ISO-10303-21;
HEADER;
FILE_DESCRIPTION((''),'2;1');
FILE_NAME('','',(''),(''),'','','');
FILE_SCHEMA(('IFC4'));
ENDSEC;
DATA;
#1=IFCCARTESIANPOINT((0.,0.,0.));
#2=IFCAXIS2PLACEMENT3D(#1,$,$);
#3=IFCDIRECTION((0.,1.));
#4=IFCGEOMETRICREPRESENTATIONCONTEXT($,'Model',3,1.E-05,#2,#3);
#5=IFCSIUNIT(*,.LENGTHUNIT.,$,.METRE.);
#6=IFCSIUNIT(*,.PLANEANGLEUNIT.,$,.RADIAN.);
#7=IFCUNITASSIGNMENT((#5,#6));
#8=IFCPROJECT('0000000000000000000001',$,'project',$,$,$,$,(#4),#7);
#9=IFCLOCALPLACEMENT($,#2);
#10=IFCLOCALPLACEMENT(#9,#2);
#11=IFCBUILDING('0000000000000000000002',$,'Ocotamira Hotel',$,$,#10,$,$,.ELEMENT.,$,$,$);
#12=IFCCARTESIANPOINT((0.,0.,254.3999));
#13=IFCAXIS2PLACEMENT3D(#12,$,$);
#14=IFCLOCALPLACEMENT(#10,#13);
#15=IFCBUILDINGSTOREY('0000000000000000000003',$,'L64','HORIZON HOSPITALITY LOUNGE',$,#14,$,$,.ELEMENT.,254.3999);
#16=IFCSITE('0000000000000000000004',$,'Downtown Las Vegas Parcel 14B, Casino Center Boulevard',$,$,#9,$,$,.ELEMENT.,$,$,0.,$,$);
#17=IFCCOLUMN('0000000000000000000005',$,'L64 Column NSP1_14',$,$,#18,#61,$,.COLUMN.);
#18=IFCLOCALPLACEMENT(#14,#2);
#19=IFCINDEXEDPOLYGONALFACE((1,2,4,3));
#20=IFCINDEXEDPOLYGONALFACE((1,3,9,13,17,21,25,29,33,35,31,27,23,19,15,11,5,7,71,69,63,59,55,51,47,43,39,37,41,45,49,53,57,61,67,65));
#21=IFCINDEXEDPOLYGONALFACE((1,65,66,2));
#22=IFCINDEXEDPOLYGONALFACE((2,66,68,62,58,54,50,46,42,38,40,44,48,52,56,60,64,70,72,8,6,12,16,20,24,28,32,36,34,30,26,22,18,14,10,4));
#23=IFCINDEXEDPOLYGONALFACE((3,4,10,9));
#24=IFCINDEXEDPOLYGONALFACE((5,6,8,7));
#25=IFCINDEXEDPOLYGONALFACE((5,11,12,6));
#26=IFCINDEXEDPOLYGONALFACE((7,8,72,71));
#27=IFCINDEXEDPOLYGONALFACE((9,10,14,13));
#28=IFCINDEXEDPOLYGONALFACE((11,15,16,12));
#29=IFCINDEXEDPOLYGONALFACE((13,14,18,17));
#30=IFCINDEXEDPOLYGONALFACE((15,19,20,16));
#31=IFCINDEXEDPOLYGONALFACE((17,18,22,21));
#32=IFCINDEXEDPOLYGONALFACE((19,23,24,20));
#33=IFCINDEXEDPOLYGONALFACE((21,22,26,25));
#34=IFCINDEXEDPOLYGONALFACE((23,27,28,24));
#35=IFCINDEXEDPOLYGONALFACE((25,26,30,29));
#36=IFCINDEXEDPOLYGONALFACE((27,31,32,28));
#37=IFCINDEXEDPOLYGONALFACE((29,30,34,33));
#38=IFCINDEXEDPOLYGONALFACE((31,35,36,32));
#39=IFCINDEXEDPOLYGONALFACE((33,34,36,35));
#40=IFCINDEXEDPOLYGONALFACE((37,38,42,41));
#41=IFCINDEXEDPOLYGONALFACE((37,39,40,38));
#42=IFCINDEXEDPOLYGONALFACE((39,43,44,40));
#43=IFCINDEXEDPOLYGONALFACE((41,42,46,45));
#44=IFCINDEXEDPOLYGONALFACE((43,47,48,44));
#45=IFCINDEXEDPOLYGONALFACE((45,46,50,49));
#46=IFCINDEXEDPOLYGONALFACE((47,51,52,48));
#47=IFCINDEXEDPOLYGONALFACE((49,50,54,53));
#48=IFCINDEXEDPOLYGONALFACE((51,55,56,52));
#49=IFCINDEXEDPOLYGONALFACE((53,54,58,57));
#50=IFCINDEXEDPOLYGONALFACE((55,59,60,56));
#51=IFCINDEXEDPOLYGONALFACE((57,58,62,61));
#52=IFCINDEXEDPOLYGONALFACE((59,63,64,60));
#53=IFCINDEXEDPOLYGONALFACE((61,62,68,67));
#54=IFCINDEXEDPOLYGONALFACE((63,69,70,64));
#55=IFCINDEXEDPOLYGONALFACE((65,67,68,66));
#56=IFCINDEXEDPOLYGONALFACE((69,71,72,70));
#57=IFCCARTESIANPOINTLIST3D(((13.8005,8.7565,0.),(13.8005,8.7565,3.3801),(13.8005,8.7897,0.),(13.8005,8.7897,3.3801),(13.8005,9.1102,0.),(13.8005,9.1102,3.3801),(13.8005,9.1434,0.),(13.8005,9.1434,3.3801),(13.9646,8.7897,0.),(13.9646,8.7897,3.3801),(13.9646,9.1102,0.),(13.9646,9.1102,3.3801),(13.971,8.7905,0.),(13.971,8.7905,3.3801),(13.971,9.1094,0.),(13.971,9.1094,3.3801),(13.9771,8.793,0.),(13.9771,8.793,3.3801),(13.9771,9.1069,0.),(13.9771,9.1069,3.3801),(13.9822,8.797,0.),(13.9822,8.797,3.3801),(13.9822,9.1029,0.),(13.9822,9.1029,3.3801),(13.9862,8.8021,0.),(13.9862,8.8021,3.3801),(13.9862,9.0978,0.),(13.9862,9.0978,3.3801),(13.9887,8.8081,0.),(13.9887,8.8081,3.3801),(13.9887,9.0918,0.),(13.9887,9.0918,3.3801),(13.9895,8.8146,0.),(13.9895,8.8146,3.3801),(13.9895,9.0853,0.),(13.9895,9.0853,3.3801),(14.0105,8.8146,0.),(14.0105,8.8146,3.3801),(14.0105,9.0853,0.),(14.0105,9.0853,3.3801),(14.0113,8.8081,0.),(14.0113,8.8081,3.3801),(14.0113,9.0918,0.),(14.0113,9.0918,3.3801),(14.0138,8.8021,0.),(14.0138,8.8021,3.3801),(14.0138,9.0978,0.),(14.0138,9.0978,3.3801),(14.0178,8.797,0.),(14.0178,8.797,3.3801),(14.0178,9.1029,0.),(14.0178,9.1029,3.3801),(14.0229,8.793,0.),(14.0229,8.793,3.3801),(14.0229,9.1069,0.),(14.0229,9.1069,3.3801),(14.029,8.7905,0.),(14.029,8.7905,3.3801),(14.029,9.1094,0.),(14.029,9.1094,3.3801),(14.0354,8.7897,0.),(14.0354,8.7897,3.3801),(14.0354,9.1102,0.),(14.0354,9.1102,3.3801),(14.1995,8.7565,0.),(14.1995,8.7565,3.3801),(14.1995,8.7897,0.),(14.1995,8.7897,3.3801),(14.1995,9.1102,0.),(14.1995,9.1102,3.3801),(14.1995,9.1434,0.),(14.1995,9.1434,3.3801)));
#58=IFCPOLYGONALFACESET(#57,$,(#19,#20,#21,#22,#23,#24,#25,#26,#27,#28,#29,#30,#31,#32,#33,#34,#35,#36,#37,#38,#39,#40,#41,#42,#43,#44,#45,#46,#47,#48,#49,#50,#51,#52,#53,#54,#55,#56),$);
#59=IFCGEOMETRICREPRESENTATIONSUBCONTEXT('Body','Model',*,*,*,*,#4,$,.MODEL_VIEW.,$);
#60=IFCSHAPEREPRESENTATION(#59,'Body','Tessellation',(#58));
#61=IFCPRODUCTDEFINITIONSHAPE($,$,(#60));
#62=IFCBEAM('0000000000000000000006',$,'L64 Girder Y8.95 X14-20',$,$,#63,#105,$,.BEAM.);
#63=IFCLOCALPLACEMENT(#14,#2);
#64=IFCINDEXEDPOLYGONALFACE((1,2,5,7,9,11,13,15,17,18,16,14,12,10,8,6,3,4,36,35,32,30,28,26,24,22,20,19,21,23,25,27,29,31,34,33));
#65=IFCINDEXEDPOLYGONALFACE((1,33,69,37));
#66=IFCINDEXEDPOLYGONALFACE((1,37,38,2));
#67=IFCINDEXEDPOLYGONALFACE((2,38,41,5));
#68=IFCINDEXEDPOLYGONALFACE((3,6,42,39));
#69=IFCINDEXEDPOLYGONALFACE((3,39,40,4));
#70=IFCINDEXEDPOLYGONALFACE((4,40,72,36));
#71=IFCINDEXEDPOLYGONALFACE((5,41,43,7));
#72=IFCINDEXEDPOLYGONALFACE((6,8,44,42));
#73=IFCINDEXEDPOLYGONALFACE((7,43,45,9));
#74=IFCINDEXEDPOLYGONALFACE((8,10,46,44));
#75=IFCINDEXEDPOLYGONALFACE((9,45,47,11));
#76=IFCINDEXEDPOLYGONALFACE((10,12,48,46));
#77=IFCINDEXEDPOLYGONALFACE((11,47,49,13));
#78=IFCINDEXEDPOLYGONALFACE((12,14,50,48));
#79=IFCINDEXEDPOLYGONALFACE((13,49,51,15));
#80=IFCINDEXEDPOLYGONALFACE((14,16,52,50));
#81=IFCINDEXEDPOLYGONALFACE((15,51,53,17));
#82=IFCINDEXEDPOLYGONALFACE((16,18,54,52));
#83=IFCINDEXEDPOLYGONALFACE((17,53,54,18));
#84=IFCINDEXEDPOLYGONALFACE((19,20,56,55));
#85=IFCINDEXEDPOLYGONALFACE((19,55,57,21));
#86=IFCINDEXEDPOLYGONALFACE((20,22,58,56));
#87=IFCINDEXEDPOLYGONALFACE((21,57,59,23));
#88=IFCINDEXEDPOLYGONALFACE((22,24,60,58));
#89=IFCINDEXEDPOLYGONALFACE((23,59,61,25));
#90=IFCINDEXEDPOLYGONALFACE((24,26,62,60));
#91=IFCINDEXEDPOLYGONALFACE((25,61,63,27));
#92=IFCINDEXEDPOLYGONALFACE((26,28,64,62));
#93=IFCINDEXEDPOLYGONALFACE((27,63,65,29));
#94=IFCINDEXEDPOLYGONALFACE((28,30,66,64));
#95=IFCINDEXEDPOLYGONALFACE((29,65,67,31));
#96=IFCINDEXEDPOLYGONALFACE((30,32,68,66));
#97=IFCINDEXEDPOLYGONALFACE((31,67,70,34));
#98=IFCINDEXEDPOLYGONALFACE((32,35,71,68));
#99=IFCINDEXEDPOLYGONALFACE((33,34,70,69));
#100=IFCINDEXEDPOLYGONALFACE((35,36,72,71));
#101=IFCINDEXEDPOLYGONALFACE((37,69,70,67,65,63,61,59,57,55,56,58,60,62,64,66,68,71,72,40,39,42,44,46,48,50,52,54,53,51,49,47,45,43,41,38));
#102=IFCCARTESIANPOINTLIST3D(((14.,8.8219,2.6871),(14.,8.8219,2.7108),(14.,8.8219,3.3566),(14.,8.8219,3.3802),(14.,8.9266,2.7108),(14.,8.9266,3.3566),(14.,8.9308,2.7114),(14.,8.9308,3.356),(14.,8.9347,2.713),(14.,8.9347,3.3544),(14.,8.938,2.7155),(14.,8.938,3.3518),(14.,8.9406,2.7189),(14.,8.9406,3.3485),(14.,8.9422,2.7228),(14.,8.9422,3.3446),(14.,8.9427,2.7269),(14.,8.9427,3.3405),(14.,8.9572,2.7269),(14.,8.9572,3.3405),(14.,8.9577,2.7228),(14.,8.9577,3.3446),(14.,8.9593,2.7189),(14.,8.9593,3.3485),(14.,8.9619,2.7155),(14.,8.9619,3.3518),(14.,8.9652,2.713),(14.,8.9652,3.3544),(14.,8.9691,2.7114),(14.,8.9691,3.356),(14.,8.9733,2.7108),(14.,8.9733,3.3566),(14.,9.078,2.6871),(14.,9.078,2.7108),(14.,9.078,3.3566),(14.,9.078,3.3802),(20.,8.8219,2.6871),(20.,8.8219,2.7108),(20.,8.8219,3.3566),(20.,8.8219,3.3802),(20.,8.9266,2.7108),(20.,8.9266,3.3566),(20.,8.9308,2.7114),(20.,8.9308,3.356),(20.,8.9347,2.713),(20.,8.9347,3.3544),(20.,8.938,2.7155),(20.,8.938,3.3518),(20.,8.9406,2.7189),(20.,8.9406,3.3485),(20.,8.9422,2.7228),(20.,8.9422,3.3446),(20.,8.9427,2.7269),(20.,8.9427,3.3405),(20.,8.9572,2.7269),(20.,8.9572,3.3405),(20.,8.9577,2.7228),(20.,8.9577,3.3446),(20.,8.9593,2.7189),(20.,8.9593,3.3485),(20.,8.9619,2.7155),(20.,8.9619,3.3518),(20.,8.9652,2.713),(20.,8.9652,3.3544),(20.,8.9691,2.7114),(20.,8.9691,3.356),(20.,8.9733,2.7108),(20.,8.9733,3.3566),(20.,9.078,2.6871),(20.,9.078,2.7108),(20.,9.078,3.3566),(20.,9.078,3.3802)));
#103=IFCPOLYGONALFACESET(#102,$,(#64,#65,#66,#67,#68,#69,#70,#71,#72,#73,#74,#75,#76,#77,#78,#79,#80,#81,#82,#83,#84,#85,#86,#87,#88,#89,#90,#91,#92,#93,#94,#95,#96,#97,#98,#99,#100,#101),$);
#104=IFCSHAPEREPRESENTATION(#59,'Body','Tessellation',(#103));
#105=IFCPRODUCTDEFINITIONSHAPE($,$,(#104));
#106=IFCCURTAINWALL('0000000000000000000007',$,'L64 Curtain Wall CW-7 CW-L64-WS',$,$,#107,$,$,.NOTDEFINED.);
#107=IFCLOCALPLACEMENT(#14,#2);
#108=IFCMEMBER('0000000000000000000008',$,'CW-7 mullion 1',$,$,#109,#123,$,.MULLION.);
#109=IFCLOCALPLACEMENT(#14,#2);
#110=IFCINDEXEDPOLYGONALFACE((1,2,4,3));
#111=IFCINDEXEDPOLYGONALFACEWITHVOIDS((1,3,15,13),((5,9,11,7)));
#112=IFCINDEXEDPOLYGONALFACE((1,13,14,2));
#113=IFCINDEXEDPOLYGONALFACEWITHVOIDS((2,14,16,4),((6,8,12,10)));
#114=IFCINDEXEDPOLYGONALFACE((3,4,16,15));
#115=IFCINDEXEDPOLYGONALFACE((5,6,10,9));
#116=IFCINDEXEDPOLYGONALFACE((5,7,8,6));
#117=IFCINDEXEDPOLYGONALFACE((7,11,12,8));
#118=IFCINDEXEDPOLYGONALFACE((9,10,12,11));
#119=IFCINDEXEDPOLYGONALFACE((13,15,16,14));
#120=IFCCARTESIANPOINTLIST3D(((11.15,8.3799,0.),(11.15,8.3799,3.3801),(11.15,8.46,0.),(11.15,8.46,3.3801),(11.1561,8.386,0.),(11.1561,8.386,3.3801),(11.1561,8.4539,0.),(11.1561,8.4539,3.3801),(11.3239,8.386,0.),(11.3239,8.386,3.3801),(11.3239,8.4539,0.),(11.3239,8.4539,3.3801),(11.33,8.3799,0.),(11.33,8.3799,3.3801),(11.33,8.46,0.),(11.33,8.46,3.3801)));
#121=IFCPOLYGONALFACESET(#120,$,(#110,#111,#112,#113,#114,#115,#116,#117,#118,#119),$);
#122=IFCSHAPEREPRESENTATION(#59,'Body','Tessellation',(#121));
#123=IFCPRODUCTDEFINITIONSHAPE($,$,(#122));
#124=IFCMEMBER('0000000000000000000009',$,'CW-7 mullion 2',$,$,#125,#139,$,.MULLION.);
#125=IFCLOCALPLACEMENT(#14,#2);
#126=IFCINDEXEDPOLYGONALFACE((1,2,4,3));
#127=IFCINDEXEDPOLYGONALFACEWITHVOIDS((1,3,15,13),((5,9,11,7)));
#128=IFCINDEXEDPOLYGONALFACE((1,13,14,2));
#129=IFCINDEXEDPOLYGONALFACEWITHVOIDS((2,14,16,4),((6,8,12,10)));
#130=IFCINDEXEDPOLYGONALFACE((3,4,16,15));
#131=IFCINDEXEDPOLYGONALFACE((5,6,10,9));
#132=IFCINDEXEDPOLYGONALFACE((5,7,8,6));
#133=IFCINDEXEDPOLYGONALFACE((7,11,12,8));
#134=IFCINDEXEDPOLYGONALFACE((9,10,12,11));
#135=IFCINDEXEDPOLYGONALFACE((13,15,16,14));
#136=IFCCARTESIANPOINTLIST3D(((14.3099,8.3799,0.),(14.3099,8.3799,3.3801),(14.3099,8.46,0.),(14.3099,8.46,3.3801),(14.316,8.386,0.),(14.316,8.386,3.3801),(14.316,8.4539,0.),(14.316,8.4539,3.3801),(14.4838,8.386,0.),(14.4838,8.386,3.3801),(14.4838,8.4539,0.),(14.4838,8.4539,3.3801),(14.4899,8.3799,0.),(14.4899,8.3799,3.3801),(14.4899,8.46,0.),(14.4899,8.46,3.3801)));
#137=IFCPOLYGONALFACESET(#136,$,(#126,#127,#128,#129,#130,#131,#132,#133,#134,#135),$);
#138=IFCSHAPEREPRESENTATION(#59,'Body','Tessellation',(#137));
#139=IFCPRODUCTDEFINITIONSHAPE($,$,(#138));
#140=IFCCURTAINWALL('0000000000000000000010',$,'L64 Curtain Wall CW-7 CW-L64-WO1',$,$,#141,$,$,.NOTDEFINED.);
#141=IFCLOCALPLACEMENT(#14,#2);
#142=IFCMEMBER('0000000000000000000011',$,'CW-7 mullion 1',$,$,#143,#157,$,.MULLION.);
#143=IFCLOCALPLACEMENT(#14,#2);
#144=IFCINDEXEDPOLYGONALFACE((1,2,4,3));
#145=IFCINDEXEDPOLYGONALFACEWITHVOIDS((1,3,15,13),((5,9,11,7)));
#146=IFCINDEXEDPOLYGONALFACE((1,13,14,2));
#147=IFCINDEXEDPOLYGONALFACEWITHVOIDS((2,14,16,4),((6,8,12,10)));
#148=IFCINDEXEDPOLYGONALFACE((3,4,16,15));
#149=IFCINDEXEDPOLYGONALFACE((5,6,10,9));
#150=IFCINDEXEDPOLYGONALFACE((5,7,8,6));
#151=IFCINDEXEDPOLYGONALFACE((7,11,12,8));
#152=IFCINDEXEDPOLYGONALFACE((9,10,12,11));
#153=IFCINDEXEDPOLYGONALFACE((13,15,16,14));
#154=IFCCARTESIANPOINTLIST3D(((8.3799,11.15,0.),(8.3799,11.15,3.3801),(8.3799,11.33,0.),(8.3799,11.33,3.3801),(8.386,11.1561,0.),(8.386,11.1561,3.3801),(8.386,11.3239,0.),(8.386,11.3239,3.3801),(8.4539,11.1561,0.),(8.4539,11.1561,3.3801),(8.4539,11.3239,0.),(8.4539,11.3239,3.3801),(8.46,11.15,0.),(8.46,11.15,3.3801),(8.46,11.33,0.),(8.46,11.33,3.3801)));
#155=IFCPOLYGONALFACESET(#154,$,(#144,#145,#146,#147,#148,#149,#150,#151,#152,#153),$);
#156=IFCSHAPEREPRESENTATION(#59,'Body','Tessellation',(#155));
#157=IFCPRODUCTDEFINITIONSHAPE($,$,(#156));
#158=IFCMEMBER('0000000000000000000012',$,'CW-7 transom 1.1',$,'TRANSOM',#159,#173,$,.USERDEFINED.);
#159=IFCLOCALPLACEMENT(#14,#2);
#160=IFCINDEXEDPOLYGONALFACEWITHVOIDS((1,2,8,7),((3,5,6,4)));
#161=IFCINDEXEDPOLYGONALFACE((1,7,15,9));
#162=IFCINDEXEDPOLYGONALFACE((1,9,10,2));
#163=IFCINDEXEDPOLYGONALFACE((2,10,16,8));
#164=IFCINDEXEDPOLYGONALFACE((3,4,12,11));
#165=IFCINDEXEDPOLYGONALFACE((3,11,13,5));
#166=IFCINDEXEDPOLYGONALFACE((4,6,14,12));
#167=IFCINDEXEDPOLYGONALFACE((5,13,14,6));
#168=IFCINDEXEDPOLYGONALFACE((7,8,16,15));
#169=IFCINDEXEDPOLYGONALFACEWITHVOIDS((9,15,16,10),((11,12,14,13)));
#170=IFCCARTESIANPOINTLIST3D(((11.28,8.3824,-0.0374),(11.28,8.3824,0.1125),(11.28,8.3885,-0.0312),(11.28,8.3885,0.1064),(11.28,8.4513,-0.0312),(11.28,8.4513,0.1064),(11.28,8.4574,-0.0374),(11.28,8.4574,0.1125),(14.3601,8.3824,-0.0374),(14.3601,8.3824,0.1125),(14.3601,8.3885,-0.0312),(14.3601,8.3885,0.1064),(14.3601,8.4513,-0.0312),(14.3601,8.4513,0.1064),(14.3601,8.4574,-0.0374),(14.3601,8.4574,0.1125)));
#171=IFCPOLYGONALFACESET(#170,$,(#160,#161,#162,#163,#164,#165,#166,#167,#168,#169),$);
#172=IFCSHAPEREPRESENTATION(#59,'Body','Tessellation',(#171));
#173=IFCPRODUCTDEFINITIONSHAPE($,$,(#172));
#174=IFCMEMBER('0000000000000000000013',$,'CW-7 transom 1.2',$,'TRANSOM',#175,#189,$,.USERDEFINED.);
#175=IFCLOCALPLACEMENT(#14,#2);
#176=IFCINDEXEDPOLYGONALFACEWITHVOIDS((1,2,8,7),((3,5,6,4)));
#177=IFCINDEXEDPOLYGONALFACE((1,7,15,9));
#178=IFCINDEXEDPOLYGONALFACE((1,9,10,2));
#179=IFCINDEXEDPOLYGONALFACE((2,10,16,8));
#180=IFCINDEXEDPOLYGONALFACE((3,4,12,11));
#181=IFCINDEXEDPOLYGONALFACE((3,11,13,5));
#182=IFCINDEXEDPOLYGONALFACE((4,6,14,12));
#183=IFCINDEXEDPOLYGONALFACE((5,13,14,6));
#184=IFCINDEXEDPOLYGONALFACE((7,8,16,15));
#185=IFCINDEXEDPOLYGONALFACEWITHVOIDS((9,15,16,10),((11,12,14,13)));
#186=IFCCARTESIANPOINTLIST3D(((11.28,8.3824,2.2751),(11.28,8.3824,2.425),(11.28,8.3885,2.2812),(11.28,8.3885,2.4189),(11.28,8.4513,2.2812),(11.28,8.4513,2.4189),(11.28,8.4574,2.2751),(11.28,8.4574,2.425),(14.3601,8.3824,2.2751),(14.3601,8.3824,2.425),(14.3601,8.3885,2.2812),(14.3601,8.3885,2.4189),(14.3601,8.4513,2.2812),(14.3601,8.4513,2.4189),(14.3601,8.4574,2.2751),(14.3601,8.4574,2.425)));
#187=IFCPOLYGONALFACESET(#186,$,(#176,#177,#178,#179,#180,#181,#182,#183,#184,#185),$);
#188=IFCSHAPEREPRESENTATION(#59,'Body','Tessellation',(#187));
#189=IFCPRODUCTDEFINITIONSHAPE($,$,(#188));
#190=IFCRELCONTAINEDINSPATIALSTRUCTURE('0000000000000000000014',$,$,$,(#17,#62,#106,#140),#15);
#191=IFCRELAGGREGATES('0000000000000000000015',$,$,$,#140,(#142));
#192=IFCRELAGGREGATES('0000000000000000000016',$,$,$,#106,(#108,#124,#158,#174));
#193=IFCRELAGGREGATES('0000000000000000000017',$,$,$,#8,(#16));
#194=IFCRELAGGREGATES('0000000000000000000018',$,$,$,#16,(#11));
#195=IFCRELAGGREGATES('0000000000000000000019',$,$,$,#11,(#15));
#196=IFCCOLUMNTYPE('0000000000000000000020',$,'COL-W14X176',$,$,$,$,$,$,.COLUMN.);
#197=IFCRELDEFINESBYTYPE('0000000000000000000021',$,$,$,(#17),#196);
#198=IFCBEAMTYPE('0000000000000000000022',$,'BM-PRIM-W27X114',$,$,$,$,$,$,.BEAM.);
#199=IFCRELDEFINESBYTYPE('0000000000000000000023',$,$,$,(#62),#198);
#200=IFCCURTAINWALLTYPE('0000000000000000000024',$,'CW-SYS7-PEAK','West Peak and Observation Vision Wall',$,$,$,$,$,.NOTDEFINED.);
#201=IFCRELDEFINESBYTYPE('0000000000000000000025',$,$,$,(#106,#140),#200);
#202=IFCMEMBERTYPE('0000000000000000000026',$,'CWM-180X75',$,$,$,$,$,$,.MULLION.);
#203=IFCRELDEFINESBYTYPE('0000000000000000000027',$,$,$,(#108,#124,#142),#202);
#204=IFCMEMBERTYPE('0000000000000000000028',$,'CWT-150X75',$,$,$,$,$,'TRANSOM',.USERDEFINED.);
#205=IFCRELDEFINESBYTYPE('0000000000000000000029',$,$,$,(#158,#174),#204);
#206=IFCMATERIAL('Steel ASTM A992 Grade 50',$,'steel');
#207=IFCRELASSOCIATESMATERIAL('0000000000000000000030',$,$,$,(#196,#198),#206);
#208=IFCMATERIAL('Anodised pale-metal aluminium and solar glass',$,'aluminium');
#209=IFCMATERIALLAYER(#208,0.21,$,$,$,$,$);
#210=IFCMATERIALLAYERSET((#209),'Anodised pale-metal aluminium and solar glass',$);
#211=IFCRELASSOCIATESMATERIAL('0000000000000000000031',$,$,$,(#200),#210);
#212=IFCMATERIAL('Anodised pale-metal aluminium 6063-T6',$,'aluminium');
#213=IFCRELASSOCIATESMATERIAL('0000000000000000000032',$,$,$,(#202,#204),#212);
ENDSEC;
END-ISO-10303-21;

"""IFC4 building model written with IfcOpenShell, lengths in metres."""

from ifc_helpers import new_model, si_unit, direction, frame, origin, origin_2d, place, context, subcontext, project, spatial, hollow_rectangle, i_section, extrude, source, transform, mapped, material, layer, layer_set, material_profile, profile_set, type_object, element, aggregate, save


model = new_model("IFC4")

# Units and contexts
model_context = context("Model", 3, precision=1e-05, world=origin(), true_north=direction((0.0, 1.0)))
body_context = subcontext(model_context, "Body", "Model", "MODEL_VIEW")
ifc_project = project(units=[si_unit("LENGTHUNIT", "METRE"), si_unit("PLANEANGLEUNIT", "RADIAN")], contexts=[model_context])

# Site, building, storey
site_placement = place(None, origin())
site = spatial("IfcSite", under=ifc_project, at=site_placement, Name="Downtown Las Vegas Parcel 14B, Casino Center Boulevard", CompositionType="ELEMENT", RefElevation=0.0)
building_placement = place(site_placement, origin())
building = spatial("IfcBuilding", under=site, at=building_placement, Name="Ocotamira Hotel", CompositionType="ELEMENT")
storey_placement = place(building_placement, frame((0.0, 0.0, 254.3999)))
storey = spatial("IfcBuildingStorey", under=building, at=storey_placement, Name="L64", Description="HORIZON HOSPITALITY LOUNGE", CompositionType="ELEMENT", Elevation=254.3999)

# Column
ifc_material_1 = material(Name="Steel ASTM A992 Grade 50", Category="steel")
ifc_material_profile_1 = material_profile(ifc_material_1, i_section(OverallWidth=0.3989, OverallDepth=0.387, WebThickness=0.021, FlangeThickness=0.0332, FilletRadius=0.0249, at=origin_2d()), Name="W14X176")
ifc_profile_set_1 = profile_set([ifc_material_profile_1], Name="Steel ASTM A992 Grade 50")
column_type = type_object("IfcColumnType", Name="COL-W14X176", PredefinedType="COLUMN", material=ifc_profile_set_1)
shared_shape_1 = source(origin(), body_context, "Body", "SweptSolid", [
    extrude(i_section(OverallWidth=0.3989, OverallDepth=0.387, WebThickness=0.021, FlangeThickness=0.0332, FilletRadius=0.0249, at=origin_2d()), origin(), (0.0, 0.0, 1.0), 3.3801),
])
column_placement = place(storey_placement, frame((14.0, 8.95, 0.0), z_axis=(0.0, 0.0, 1.0), x_axis=(1.0, 0.0, 0.0)))
element("IfcColumn", 1, at=column_placement, inside=storey, type_object=column_type, Name="L64 Column NSP1_14", PredefinedType="COLUMN", context=body_context, shape_type="MappedRepresentation", body=[
    mapped(shared_shape_1, transform((0.0, 0.0, 0.0), scale=1.0)),
])

# Beam
ifc_material_profile_2 = material_profile(ifc_material_1, i_section(OverallWidth=0.2561, OverallDepth=0.6931, WebThickness=0.0144, FlangeThickness=0.0237, FilletRadius=0.0161, at=origin_2d()), Name="W27X114")
ifc_profile_set_2 = profile_set([ifc_material_profile_2], Name="Steel ASTM A992 Grade 50")
beam_type = type_object("IfcBeamType", Name="BM-PRIM-W27X114", PredefinedType="BEAM", material=ifc_profile_set_2)
shared_shape_2 = source(origin(), body_context, "Body", "SweptSolid", [
    extrude(i_section(OverallWidth=0.2561, OverallDepth=0.6931, WebThickness=0.0144, FlangeThickness=0.0237, FilletRadius=0.0161, at=origin_2d()), origin(), (0.0, 0.0, 1.0), 6.0),
])
beam_placement = place(storey_placement, frame((14.0, 8.95, 3.0337), z_axis=(1.0, 0.0, 0.0), x_axis=(0.0, 1.0, 0.0)))
element("IfcBeam", 2, at=beam_placement, inside=storey, type_object=beam_type, Name="L64 Girder Y8.95 X14-20", PredefinedType="BEAM", context=body_context, shape_type="MappedRepresentation", body=[
    mapped(shared_shape_2, transform((0.0, 0.0, 0.0), scale=1.0)),
])

# Curtain wall, members
ifc_material_2 = material(Name="Anodised pale-metal aluminium and solar glass", Category="aluminium")
ifc_layer_1 = layer(ifc_material_2, 0.21)
ifc_layer_set_1 = layer_set([ifc_layer_1], Name="Anodised pale-metal aluminium and solar glass")
curtain_wall_type = type_object("IfcCurtainWallType", Name="CW-SYS7-PEAK", Description="West Peak and Observation Vision Wall", PredefinedType="NOTDEFINED", material=ifc_layer_set_1)
curtain_wall_1_placement = place(storey_placement, origin())
curtain_wall_1 = element("IfcCurtainWall", 3, at=curtain_wall_1_placement, inside=storey, type_object=curtain_wall_type, Name="L64 Curtain Wall CW-7 CW-L64-WS", PredefinedType="NOTDEFINED")
ifc_material_3 = material(Name="Anodised pale-metal aluminium 6063-T6", Category="aluminium")
ifc_material_profile_3 = material_profile(ifc_material_3, hollow_rectangle(XDim=0.0801, YDim=0.1799, WallThickness=0.0061, at=origin_2d()), Name="HSS180X80X6")
ifc_profile_set_3 = profile_set([ifc_material_profile_3], Name="Anodised pale-metal aluminium 6063-T6")
member_type_1 = type_object("IfcMemberType", Name="CWM-180X75", PredefinedType="MULLION", material=ifc_profile_set_3)
shared_shape_3 = source(origin(), body_context, "Body", "SweptSolid", [
    extrude(hollow_rectangle(XDim=0.0801, YDim=0.1799, WallThickness=0.0061, at=origin_2d()), origin(), (0.0, 0.0, 1.0), 3.3801),
])
member_1_placement = place(storey_placement, frame((11.24, 8.4199, 0.0), z_axis=(0.0, 0.0, 1.0), x_axis=(0.0, 1.0, 0.0)))
member_1 = element("IfcMember", 4, at=member_1_placement, type_object=member_type_1, Name="CW-7 mullion 1", PredefinedType="MULLION", context=body_context, shape_type="MappedRepresentation", body=[
    mapped(shared_shape_3, transform((0.0, 0.0, 0.0), scale=1.0)),
])
member_2_placement = place(storey_placement, frame((14.3999, 8.4199, 0.0), z_axis=(0.0, 0.0, 1.0), x_axis=(0.0, 1.0, 0.0)))
member_2 = element("IfcMember", 5, at=member_2_placement, type_object=member_type_1, Name="CW-7 mullion 2", PredefinedType="MULLION", context=body_context, shape_type="MappedRepresentation", body=[
    mapped(shared_shape_3, transform((0.0, 0.0, 0.0), scale=1.0)),
])

# Curtain wall, member
curtain_wall_2_placement = place(storey_placement, origin())
curtain_wall_2 = element("IfcCurtainWall", 6, at=curtain_wall_2_placement, inside=storey, type_object=curtain_wall_type, Name="L64 Curtain Wall CW-7 CW-L64-WO1", PredefinedType="NOTDEFINED")
member_3_placement = place(storey_placement, frame((8.4199, 11.24, 0.0), z_axis=(0.0, 0.0, 1.0), x_axis=(-1.0, 0.0, 0.0)))
member_3 = element("IfcMember", 7, at=member_3_placement, type_object=member_type_1, Name="CW-7 mullion 1", PredefinedType="MULLION", context=body_context, shape_type="MappedRepresentation", body=[
    mapped(shared_shape_3, transform((0.0, 0.0, 0.0), scale=1.0)),
])
aggregate(curtain_wall_2, [member_3])

# Members
ifc_material_profile_4 = material_profile(ifc_material_3, hollow_rectangle(XDim=0.075, YDim=0.1499, WallThickness=0.0061, at=origin_2d()), Name="HSS150X75X6")
ifc_profile_set_4 = profile_set([ifc_material_profile_4], Name="Anodised pale-metal aluminium 6063-T6")
member_type_2 = type_object("IfcMemberType", Name="CWT-150X75", ElementType="TRANSOM", PredefinedType="USERDEFINED", material=ifc_profile_set_4)
shared_shape_4 = source(origin(), body_context, "Body", "SweptSolid", [
    extrude(hollow_rectangle(XDim=0.075, YDim=0.1499, WallThickness=0.0061, at=origin_2d()), origin(), (0.0, 0.0, 1.0), 3.0801),
])
member_4_placement = place(storey_placement, frame((11.28, 8.4199, 0.0376), z_axis=(1.0, 0.0, 0.0), x_axis=(0.0, 1.0, 0.0)))
member_4 = element("IfcMember", 8, at=member_4_placement, type_object=member_type_2, Name="CW-7 transom 1.1", ObjectType="TRANSOM", PredefinedType="USERDEFINED", context=body_context, shape_type="MappedRepresentation", body=[
    mapped(shared_shape_4, transform((0.0, 0.0, 0.0), scale=1.0)),
])
member_5_placement = place(storey_placement, frame((11.28, 8.4199, 2.3501), z_axis=(1.0, 0.0, 0.0), x_axis=(0.0, 1.0, 0.0)))
member_5 = element("IfcMember", 9, at=member_5_placement, type_object=member_type_2, Name="CW-7 transom 1.2", ObjectType="TRANSOM", PredefinedType="USERDEFINED", context=body_context, shape_type="MappedRepresentation", body=[
    mapped(shared_shape_4, transform((0.0, 0.0, 0.0), scale=1.0)),
])

aggregate(curtain_wall_1, [member_1, member_2, member_4, member_5])

save(model, "model.ifc")
